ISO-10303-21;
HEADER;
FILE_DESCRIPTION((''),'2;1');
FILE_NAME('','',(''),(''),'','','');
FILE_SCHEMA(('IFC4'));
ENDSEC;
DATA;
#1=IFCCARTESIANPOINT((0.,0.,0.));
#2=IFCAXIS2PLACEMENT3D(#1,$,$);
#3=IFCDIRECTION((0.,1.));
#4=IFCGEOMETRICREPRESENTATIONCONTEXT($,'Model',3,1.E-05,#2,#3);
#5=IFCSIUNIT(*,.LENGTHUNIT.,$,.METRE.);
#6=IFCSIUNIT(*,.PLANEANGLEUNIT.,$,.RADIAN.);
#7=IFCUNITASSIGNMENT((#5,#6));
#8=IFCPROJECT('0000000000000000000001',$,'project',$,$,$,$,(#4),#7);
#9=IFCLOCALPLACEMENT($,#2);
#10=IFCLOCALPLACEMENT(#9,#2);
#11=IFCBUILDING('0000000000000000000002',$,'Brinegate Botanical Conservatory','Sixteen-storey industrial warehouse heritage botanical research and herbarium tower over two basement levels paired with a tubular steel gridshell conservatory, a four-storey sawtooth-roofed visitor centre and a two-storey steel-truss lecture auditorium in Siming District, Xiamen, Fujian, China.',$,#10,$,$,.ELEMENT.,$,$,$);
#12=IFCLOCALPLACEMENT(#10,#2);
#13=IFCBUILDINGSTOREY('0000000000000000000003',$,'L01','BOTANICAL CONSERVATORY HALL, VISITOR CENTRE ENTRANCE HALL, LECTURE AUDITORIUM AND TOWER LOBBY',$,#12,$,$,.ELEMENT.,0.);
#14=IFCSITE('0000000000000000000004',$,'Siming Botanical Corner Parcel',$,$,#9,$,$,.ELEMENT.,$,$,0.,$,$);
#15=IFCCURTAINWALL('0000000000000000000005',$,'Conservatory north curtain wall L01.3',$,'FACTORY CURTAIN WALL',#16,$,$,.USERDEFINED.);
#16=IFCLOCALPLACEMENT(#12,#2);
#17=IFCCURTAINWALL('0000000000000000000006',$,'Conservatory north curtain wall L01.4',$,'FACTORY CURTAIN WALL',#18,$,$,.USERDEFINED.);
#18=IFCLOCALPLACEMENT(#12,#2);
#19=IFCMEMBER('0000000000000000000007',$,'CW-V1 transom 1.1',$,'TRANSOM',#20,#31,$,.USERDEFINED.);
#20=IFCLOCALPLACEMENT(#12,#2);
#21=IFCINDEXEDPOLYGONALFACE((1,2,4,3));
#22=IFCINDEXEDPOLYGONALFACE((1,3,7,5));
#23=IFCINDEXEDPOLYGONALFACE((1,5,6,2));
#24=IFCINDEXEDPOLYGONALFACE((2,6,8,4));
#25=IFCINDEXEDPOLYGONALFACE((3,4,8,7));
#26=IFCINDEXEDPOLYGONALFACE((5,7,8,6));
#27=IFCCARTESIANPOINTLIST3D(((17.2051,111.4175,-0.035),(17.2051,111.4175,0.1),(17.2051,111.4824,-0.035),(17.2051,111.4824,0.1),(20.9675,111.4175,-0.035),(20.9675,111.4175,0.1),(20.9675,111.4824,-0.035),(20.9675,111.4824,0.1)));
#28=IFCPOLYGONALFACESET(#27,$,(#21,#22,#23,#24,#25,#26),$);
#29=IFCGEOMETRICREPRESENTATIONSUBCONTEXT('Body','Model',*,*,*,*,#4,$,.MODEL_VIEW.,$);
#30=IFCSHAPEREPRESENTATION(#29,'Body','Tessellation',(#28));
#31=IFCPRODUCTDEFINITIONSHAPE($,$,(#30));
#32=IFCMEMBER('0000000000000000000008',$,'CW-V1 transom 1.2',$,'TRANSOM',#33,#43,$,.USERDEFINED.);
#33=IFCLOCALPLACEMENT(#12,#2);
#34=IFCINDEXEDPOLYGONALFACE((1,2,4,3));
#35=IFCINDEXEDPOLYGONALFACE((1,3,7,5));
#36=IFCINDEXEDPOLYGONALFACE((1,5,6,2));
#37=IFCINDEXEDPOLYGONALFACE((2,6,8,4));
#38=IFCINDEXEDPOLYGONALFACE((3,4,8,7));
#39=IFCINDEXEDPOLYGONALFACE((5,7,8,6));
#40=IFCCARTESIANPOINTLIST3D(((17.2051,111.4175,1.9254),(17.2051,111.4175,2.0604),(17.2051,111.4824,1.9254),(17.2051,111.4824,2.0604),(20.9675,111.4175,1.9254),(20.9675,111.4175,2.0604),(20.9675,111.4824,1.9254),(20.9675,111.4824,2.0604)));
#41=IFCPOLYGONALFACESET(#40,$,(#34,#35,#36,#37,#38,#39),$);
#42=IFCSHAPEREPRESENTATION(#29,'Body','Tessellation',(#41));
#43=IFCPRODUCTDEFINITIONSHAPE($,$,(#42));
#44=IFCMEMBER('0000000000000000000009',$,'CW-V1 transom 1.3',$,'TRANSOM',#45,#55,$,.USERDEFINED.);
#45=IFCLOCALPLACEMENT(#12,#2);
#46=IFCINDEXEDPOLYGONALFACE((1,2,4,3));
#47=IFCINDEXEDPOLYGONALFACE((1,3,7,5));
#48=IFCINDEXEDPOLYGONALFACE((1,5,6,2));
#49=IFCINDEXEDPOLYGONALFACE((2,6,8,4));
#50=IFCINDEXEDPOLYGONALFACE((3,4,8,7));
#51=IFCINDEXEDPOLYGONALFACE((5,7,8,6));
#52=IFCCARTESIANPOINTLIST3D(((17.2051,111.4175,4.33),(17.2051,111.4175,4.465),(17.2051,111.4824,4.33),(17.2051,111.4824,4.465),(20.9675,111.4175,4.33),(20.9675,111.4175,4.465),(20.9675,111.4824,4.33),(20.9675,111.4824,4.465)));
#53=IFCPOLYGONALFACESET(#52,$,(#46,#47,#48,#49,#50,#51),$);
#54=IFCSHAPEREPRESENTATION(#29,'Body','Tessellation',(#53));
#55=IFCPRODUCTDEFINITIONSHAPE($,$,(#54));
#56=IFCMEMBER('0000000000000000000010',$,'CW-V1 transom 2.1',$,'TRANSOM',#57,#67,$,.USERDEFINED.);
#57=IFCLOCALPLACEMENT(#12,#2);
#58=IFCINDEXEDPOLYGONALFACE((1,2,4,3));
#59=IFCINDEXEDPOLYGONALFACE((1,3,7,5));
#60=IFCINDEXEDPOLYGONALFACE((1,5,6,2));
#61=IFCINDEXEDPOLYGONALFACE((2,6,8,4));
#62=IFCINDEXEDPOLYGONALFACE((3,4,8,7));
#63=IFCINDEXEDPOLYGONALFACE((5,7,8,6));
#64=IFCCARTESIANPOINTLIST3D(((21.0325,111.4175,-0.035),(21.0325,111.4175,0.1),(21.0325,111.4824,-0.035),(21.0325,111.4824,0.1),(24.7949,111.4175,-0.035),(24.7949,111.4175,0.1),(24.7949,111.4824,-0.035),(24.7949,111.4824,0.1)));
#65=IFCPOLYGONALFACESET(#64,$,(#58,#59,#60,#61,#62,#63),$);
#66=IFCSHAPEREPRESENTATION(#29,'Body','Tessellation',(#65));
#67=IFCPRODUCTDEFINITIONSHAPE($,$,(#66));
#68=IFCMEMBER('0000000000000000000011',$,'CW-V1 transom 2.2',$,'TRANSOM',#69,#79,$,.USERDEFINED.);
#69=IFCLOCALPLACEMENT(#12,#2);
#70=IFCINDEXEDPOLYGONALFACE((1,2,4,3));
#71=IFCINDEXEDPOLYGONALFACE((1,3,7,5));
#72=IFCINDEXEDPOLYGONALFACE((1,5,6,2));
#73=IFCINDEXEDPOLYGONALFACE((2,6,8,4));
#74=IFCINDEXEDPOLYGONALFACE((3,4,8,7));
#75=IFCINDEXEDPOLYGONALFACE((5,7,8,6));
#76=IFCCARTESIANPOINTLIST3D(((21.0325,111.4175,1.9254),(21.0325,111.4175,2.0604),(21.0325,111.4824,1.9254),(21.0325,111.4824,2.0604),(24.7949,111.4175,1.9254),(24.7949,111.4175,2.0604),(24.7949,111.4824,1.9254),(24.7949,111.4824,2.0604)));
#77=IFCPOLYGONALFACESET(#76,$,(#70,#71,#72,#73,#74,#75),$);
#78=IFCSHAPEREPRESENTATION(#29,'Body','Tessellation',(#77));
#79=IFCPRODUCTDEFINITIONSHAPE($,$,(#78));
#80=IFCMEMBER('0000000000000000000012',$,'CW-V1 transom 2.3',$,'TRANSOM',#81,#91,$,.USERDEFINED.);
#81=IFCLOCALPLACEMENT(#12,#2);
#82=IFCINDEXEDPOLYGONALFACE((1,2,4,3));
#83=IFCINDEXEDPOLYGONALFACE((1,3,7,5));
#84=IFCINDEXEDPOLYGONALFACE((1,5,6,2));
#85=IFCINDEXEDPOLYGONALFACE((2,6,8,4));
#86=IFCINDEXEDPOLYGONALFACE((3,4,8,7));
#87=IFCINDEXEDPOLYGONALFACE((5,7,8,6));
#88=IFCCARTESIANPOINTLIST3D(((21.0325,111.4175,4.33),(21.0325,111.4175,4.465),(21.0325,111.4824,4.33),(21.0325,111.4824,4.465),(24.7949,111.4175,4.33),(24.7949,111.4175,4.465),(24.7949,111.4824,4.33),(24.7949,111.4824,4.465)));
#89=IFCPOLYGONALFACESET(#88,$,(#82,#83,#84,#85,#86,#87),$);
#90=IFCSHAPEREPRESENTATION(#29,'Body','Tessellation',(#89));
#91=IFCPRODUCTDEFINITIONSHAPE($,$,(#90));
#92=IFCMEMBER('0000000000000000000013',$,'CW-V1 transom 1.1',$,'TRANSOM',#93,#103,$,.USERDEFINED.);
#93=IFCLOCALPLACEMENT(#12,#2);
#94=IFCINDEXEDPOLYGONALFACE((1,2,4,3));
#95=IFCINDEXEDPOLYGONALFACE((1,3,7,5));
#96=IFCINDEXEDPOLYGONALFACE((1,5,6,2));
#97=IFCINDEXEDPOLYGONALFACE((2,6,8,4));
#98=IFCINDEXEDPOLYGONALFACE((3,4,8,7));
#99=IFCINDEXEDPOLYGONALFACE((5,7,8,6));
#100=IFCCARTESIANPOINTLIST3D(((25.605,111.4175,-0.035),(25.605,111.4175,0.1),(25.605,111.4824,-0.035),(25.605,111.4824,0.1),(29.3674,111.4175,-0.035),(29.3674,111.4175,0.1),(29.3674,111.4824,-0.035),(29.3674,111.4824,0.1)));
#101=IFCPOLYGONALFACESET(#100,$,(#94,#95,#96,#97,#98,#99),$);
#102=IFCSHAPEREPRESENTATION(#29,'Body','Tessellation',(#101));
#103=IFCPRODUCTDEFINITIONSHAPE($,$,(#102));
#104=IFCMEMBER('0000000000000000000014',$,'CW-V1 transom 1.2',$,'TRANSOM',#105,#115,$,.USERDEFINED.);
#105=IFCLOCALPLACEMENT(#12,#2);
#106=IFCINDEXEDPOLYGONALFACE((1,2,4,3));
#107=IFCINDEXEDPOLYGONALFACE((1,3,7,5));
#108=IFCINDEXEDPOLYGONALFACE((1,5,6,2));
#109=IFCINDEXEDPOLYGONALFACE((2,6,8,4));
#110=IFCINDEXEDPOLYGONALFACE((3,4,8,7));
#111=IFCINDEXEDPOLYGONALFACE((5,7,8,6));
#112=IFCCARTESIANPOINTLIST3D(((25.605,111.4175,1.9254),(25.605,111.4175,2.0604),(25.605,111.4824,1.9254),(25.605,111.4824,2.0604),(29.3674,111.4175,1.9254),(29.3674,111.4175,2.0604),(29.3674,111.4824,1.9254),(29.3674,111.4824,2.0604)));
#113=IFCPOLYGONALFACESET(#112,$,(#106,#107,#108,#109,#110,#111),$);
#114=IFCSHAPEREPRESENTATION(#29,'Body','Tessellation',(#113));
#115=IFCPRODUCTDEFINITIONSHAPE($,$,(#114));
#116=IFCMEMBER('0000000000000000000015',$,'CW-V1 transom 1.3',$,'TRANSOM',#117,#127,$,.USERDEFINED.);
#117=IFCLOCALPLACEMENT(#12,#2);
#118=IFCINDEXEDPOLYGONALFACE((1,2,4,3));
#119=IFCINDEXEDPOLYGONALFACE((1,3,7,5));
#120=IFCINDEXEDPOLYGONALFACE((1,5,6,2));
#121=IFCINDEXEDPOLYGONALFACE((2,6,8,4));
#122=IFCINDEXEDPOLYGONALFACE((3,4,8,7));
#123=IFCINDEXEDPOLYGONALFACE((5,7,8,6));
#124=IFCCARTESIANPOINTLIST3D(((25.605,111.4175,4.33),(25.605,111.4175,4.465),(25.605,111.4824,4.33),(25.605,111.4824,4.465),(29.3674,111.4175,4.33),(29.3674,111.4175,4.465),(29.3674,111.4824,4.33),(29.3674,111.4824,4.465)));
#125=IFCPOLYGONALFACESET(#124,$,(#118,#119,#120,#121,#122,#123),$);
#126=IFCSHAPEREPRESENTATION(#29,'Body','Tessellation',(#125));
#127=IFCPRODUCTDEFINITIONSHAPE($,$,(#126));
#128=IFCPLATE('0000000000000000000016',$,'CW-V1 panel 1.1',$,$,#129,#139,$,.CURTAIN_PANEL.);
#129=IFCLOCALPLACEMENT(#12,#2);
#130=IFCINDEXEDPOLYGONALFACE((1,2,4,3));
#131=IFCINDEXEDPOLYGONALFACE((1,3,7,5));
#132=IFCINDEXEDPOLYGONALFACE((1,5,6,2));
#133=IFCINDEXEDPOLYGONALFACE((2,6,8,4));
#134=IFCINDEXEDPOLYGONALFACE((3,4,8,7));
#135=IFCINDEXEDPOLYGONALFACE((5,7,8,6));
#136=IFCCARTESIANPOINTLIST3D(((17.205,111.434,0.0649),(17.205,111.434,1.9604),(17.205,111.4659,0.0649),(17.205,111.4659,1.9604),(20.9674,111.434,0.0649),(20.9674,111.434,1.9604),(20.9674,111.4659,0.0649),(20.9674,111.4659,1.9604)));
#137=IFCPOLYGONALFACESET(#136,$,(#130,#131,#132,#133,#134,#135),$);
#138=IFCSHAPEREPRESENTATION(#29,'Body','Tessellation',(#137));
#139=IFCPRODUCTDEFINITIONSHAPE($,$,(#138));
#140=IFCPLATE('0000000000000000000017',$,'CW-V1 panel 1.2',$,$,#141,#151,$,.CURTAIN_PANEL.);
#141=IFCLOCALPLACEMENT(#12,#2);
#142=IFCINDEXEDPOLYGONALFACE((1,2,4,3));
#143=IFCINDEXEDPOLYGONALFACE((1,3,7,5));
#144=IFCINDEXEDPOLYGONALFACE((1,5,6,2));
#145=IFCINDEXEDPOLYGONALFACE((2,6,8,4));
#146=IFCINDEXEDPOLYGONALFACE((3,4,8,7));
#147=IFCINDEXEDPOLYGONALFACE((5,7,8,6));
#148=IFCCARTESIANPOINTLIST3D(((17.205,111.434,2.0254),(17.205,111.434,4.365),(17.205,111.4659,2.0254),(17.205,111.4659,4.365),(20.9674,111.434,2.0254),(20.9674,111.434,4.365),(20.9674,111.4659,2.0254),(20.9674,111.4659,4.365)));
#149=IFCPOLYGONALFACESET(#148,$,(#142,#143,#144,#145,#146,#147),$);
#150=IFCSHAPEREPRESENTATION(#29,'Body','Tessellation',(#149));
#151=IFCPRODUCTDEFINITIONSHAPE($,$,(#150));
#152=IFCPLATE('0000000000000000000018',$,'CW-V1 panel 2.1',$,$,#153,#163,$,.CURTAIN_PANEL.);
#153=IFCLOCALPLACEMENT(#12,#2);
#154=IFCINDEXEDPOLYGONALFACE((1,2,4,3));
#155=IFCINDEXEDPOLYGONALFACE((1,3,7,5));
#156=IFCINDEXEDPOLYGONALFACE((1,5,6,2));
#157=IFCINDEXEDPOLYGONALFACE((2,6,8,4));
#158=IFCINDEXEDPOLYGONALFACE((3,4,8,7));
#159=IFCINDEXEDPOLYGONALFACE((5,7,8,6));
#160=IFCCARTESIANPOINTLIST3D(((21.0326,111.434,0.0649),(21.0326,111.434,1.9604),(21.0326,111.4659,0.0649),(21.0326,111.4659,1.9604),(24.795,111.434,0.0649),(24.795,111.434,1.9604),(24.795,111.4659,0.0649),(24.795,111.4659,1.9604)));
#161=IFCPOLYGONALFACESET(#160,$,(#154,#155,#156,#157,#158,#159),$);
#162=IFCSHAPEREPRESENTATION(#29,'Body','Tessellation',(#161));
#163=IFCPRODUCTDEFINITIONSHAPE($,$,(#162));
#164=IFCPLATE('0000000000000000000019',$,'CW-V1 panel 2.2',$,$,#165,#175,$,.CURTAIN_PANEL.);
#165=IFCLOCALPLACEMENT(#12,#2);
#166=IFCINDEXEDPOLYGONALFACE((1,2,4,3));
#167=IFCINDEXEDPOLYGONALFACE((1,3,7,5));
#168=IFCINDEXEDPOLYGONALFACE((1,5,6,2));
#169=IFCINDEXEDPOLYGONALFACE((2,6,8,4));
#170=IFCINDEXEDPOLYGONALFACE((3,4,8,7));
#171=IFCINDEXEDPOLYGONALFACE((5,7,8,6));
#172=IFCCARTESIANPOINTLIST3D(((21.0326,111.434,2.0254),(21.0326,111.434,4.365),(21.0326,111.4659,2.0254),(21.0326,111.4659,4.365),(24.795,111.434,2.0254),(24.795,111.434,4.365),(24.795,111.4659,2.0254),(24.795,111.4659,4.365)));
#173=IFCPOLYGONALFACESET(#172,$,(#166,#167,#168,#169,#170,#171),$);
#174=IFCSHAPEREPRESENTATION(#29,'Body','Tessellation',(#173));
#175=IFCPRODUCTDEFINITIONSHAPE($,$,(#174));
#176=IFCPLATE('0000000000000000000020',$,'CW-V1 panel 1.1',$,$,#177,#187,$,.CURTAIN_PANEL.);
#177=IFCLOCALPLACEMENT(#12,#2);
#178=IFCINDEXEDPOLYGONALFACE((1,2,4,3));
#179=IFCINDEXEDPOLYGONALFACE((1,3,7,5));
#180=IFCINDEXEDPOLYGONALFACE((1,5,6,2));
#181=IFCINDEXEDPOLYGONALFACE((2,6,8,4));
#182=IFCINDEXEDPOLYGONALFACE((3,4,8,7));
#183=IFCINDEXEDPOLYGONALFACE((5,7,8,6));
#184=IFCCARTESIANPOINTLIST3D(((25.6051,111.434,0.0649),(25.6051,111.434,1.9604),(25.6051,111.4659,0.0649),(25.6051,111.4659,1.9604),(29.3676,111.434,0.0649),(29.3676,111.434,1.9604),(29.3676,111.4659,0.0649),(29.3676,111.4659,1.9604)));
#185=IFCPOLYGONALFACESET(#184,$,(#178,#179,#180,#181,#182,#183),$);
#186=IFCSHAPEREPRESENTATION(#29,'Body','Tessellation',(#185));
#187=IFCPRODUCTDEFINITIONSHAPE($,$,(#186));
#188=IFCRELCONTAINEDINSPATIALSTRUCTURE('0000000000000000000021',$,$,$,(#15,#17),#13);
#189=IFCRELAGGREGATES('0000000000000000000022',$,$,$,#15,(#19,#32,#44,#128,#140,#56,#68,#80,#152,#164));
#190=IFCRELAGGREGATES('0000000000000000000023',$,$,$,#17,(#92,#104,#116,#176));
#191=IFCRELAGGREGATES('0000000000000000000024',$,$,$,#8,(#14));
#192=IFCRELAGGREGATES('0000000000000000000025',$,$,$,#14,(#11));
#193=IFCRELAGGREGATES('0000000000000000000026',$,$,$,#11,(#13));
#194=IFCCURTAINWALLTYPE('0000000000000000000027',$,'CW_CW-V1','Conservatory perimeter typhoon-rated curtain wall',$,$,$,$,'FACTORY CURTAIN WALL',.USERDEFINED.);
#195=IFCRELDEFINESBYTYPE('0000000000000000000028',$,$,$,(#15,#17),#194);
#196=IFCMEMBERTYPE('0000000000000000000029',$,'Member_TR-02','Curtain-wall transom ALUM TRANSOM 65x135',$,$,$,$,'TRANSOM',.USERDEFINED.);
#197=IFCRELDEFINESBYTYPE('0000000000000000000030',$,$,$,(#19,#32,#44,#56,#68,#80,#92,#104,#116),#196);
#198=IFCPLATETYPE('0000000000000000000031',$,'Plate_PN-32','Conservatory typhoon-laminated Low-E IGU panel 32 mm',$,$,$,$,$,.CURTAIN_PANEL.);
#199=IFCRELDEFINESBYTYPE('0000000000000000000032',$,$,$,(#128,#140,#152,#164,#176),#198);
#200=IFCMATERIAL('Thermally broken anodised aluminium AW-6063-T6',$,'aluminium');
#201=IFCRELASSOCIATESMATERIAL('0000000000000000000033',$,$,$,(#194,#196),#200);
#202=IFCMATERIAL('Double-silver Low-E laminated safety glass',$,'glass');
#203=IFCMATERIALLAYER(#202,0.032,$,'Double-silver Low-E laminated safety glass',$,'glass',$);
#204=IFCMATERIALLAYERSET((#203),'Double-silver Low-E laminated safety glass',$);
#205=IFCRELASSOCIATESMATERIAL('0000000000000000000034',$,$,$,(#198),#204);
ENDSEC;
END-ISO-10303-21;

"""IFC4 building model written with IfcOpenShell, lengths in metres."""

from ifc_helpers import new_model, si_unit, direction, frame, origin, origin_2d, place, context, subcontext, project, spatial, rectangle, extrude, material, layer, layer_set, material_profile, profile_set, type_object, element, aggregate, save


model = new_model("IFC4")

# Units and contexts
model_context = context("Model", 3, precision=1e-05, world=origin(), true_north=direction((0.0, 1.0)))
body_context = subcontext(model_context, "Body", "Model", "MODEL_VIEW")
ifc_project = project(units=[si_unit("LENGTHUNIT", "METRE"), si_unit("PLANEANGLEUNIT", "RADIAN")], contexts=[model_context])

# Site, building, storey
site_placement = place(None, origin())
site = spatial("IfcSite", under=ifc_project, at=site_placement, Name="Siming Botanical Corner Parcel", CompositionType="ELEMENT", RefElevation=0.0)
building_placement = place(site_placement, origin())
building = spatial("IfcBuilding", under=site, at=building_placement, Name="Brinegate Botanical Conservatory", Description="Sixteen-storey industrial warehouse heritage botanical research and herbarium tower over two basement levels paired with a tubular steel gridshell conservatory, a four-storey sawtooth-roofed visitor centre and a two-storey steel-truss lecture auditorium in Siming District, Xiamen, Fujian, China.", CompositionType="ELEMENT")
storey_placement = place(building_placement, origin())
storey = spatial("IfcBuildingStorey", under=building, at=storey_placement, Name="L01", Description="BOTANICAL CONSERVATORY HALL, VISITOR CENTRE ENTRANCE HALL, LECTURE AUDITORIUM AND TOWER LOBBY", CompositionType="ELEMENT", Elevation=0.0)

# Curtain wall
ifc_material_1 = material(Name="Thermally broken anodised aluminium AW-6063-T6", Category="aluminium")
curtain_wall_type = type_object("IfcCurtainWallType", Name="CW_CW-V1", Description="Conservatory perimeter typhoon-rated curtain wall", ElementType="FACTORY CURTAIN WALL", PredefinedType="USERDEFINED", material=ifc_material_1)
curtain_wall_1_placement = place(storey_placement, origin())
curtain_wall_1 = element("IfcCurtainWall", 1, at=curtain_wall_1_placement, inside=storey, type_object=curtain_wall_type, Name="Conservatory north curtain wall L01.3", ObjectType="FACTORY CURTAIN WALL", PredefinedType="USERDEFINED")

# Curtain wall
curtain_wall_2_placement = place(storey_placement, origin())
curtain_wall_2 = element("IfcCurtainWall", 2, at=curtain_wall_2_placement, inside=storey, type_object=curtain_wall_type, Name="Conservatory north curtain wall L01.4", ObjectType="FACTORY CURTAIN WALL", PredefinedType="USERDEFINED")

# Members
ifc_material_profile_1 = material_profile(ifc_material_1, rectangle(XDim=0.0649, YDim=0.135, at=origin_2d()), Name="ALUM TRANSOM 65x135")
ifc_profile_set_1 = profile_set([ifc_material_profile_1], Name="Thermally broken anodised aluminium AW-6063-T6")
member_type_1 = type_object("IfcMemberType", Name="Member_TR-02", Description="Curtain-wall transom ALUM TRANSOM 65x135", ElementType="TRANSOM", PredefinedType="USERDEFINED", material=ifc_profile_set_1)
member_1_placement = place(storey_placement, frame((17.2051, 111.45, 0.0325), z_axis=(1.0, 0.0, 0.0), x_axis=(0.0, 1.0, 0.0)))
member_1 = element("IfcMember", 3, at=member_1_placement, type_object=member_type_1, Name="CW-V1 transom 1.1", ObjectType="TRANSOM", PredefinedType="USERDEFINED", context=body_context, shape_type="SweptSolid", body=[
    extrude(rectangle(XDim=0.0649, YDim=0.135, at=origin_2d()), origin(), (0.0, 0.0, 1.0), 3.7625),
])
member_2_placement = place(storey_placement, frame((17.2051, 111.45, 1.9929), z_axis=(1.0, 0.0, 0.0), x_axis=(0.0, 1.0, 0.0)))
member_2 = element("IfcMember", 4, at=member_2_placement, type_object=member_type_1, Name="CW-V1 transom 1.2", ObjectType="TRANSOM", PredefinedType="USERDEFINED", context=body_context, shape_type="SweptSolid", body=[
    extrude(rectangle(XDim=0.0649, YDim=0.135, at=origin_2d()), origin(), (0.0, 0.0, 1.0), 3.7625),
])
member_3_placement = place(storey_placement, frame((17.2051, 111.45, 4.3975), z_axis=(1.0, 0.0, 0.0), x_axis=(0.0, 1.0, 0.0)))
member_3 = element("IfcMember", 5, at=member_3_placement, type_object=member_type_1, Name="CW-V1 transom 1.3", ObjectType="TRANSOM", PredefinedType="USERDEFINED", context=body_context, shape_type="SweptSolid", body=[
    extrude(rectangle(XDim=0.0649, YDim=0.135, at=origin_2d()), origin(), (0.0, 0.0, 1.0), 3.7625),
])
member_4_placement = place(storey_placement, frame((21.0325, 111.45, 0.0325), z_axis=(1.0, 0.0, 0.0), x_axis=(0.0, 1.0, 0.0)))
member_4 = element("IfcMember", 6, at=member_4_placement, type_object=member_type_1, Name="CW-V1 transom 2.1", ObjectType="TRANSOM", PredefinedType="USERDEFINED", context=body_context, shape_type="SweptSolid", body=[
    extrude(rectangle(XDim=0.0649, YDim=0.135, at=origin_2d()), origin(), (0.0, 0.0, 1.0), 3.7625),
])
member_5_placement = place(storey_placement, frame((21.0325, 111.45, 1.9929), z_axis=(1.0, 0.0, 0.0), x_axis=(0.0, 1.0, 0.0)))
member_5 = element("IfcMember", 7, at=member_5_placement, type_object=member_type_1, Name="CW-V1 transom 2.2", ObjectType="TRANSOM", PredefinedType="USERDEFINED", context=body_context, shape_type="SweptSolid", body=[
    extrude(rectangle(XDim=0.0649, YDim=0.135, at=origin_2d()), origin(), (0.0, 0.0, 1.0), 3.7625),
])
member_6_placement = place(storey_placement, frame((21.0325, 111.45, 4.3975), z_axis=(1.0, 0.0, 0.0), x_axis=(0.0, 1.0, 0.0)))
member_6 = element("IfcMember", 8, at=member_6_placement, type_object=member_type_1, Name="CW-V1 transom 2.3", ObjectType="TRANSOM", PredefinedType="USERDEFINED", context=body_context, shape_type="SweptSolid", body=[
    extrude(rectangle(XDim=0.0649, YDim=0.135, at=origin_2d()), origin(), (0.0, 0.0, 1.0), 3.7625),
])
member_7_placement = place(storey_placement, frame((25.605, 111.45, 0.0325), z_axis=(1.0, 0.0, 0.0), x_axis=(0.0, 1.0, 0.0)))
member_7 = element("IfcMember", 9, at=member_7_placement, type_object=member_type_1, Name="CW-V1 transom 1.1", ObjectType="TRANSOM", PredefinedType="USERDEFINED", context=body_context, shape_type="SweptSolid", body=[
    extrude(rectangle(XDim=0.0649, YDim=0.135, at=origin_2d()), origin(), (0.0, 0.0, 1.0), 3.7625),
])
member_8_placement = place(storey_placement, frame((25.605, 111.45, 1.9929), z_axis=(1.0, 0.0, 0.0), x_axis=(0.0, 1.0, 0.0)))
member_8 = element("IfcMember", 10, at=member_8_placement, type_object=member_type_1, Name="CW-V1 transom 1.2", ObjectType="TRANSOM", PredefinedType="USERDEFINED", context=body_context, shape_type="SweptSolid", body=[
    extrude(rectangle(XDim=0.0649, YDim=0.135, at=origin_2d()), origin(), (0.0, 0.0, 1.0), 3.7625),
])
member_9_placement = place(storey_placement, frame((25.605, 111.45, 4.3975), z_axis=(1.0, 0.0, 0.0), x_axis=(0.0, 1.0, 0.0)))
member_9 = element("IfcMember", 11, at=member_9_placement, type_object=member_type_1, Name="CW-V1 transom 1.3", ObjectType="TRANSOM", PredefinedType="USERDEFINED", context=body_context, shape_type="SweptSolid", body=[
    extrude(rectangle(XDim=0.0649, YDim=0.135, at=origin_2d()), origin(), (0.0, 0.0, 1.0), 3.7625),
])

# Plates
ifc_material_2 = material(Name="Double-silver Low-E laminated safety glass", Category="glass")
ifc_layer = layer(ifc_material_2, 0.032, Name="Double-silver Low-E laminated safety glass", Category="glass")
ifc_layer_set = layer_set([ifc_layer], Name="Double-silver Low-E laminated safety glass")
plate_type = type_object("IfcPlateType", Name="Plate_PN-32", Description="Conservatory typhoon-laminated Low-E IGU panel 32 mm", PredefinedType="CURTAIN_PANEL", material=ifc_layer_set)
plate_1_placement = place(storey_placement, frame((19.0862, 111.45, 0.0649), z_axis=(0.0, 0.0, 1.0), x_axis=(1.0, 0.0, 0.0)))
plate_1 = element("IfcPlate", 12, at=plate_1_placement, type_object=plate_type, Name="CW-V1 panel 1.1", PredefinedType="CURTAIN_PANEL", context=body_context, shape_type="SweptSolid", body=[
    extrude(rectangle(XDim=3.7625, YDim=0.032, at=origin_2d()), origin(), (0.0, 0.0, 1.0), 1.8955),
])
plate_2_placement = place(storey_placement, frame((19.0862, 111.45, 2.0254), z_axis=(0.0, 0.0, 1.0), x_axis=(1.0, 0.0, 0.0)))
plate_2 = element("IfcPlate", 13, at=plate_2_placement, type_object=plate_type, Name="CW-V1 panel 1.2", PredefinedType="CURTAIN_PANEL", context=body_context, shape_type="SweptSolid", body=[
    extrude(rectangle(XDim=3.7625, YDim=0.032, at=origin_2d()), origin(), (0.0, 0.0, 1.0), 2.3396),
])
plate_3_placement = place(storey_placement, frame((22.9138, 111.45, 0.0649), z_axis=(0.0, 0.0, 1.0), x_axis=(1.0, 0.0, 0.0)))
plate_3 = element("IfcPlate", 14, at=plate_3_placement, type_object=plate_type, Name="CW-V1 panel 2.1", PredefinedType="CURTAIN_PANEL", context=body_context, shape_type="SweptSolid", body=[
    extrude(rectangle(XDim=3.7625, YDim=0.032, at=origin_2d()), origin(), (0.0, 0.0, 1.0), 1.8955),
])
plate_4_placement = place(storey_placement, frame((22.9138, 111.45, 2.0254), z_axis=(0.0, 0.0, 1.0), x_axis=(1.0, 0.0, 0.0)))
plate_4 = element("IfcPlate", 15, at=plate_4_placement, type_object=plate_type, Name="CW-V1 panel 2.2", PredefinedType="CURTAIN_PANEL", context=body_context, shape_type="SweptSolid", body=[
    extrude(rectangle(XDim=3.7625, YDim=0.032, at=origin_2d()), origin(), (0.0, 0.0, 1.0), 2.3396),
])
aggregate(curtain_wall_1, [member_1, member_2, member_3, plate_1, plate_2, member_4, member_5, member_6, plate_3, plate_4])
plate_5_placement = place(storey_placement, frame((27.4863, 111.45, 0.0649), z_axis=(0.0, 0.0, 1.0), x_axis=(1.0, 0.0, 0.0)))
plate_5 = element("IfcPlate", 16, at=plate_5_placement, type_object=plate_type, Name="CW-V1 panel 1.1", PredefinedType="CURTAIN_PANEL", context=body_context, shape_type="SweptSolid", body=[
    extrude(rectangle(XDim=3.7625, YDim=0.032, at=origin_2d()), origin(), (0.0, 0.0, 1.0), 1.8955),
])
aggregate(curtain_wall_2, [member_7, member_8, member_9, plate_5])

save(model, "model.ifc")
